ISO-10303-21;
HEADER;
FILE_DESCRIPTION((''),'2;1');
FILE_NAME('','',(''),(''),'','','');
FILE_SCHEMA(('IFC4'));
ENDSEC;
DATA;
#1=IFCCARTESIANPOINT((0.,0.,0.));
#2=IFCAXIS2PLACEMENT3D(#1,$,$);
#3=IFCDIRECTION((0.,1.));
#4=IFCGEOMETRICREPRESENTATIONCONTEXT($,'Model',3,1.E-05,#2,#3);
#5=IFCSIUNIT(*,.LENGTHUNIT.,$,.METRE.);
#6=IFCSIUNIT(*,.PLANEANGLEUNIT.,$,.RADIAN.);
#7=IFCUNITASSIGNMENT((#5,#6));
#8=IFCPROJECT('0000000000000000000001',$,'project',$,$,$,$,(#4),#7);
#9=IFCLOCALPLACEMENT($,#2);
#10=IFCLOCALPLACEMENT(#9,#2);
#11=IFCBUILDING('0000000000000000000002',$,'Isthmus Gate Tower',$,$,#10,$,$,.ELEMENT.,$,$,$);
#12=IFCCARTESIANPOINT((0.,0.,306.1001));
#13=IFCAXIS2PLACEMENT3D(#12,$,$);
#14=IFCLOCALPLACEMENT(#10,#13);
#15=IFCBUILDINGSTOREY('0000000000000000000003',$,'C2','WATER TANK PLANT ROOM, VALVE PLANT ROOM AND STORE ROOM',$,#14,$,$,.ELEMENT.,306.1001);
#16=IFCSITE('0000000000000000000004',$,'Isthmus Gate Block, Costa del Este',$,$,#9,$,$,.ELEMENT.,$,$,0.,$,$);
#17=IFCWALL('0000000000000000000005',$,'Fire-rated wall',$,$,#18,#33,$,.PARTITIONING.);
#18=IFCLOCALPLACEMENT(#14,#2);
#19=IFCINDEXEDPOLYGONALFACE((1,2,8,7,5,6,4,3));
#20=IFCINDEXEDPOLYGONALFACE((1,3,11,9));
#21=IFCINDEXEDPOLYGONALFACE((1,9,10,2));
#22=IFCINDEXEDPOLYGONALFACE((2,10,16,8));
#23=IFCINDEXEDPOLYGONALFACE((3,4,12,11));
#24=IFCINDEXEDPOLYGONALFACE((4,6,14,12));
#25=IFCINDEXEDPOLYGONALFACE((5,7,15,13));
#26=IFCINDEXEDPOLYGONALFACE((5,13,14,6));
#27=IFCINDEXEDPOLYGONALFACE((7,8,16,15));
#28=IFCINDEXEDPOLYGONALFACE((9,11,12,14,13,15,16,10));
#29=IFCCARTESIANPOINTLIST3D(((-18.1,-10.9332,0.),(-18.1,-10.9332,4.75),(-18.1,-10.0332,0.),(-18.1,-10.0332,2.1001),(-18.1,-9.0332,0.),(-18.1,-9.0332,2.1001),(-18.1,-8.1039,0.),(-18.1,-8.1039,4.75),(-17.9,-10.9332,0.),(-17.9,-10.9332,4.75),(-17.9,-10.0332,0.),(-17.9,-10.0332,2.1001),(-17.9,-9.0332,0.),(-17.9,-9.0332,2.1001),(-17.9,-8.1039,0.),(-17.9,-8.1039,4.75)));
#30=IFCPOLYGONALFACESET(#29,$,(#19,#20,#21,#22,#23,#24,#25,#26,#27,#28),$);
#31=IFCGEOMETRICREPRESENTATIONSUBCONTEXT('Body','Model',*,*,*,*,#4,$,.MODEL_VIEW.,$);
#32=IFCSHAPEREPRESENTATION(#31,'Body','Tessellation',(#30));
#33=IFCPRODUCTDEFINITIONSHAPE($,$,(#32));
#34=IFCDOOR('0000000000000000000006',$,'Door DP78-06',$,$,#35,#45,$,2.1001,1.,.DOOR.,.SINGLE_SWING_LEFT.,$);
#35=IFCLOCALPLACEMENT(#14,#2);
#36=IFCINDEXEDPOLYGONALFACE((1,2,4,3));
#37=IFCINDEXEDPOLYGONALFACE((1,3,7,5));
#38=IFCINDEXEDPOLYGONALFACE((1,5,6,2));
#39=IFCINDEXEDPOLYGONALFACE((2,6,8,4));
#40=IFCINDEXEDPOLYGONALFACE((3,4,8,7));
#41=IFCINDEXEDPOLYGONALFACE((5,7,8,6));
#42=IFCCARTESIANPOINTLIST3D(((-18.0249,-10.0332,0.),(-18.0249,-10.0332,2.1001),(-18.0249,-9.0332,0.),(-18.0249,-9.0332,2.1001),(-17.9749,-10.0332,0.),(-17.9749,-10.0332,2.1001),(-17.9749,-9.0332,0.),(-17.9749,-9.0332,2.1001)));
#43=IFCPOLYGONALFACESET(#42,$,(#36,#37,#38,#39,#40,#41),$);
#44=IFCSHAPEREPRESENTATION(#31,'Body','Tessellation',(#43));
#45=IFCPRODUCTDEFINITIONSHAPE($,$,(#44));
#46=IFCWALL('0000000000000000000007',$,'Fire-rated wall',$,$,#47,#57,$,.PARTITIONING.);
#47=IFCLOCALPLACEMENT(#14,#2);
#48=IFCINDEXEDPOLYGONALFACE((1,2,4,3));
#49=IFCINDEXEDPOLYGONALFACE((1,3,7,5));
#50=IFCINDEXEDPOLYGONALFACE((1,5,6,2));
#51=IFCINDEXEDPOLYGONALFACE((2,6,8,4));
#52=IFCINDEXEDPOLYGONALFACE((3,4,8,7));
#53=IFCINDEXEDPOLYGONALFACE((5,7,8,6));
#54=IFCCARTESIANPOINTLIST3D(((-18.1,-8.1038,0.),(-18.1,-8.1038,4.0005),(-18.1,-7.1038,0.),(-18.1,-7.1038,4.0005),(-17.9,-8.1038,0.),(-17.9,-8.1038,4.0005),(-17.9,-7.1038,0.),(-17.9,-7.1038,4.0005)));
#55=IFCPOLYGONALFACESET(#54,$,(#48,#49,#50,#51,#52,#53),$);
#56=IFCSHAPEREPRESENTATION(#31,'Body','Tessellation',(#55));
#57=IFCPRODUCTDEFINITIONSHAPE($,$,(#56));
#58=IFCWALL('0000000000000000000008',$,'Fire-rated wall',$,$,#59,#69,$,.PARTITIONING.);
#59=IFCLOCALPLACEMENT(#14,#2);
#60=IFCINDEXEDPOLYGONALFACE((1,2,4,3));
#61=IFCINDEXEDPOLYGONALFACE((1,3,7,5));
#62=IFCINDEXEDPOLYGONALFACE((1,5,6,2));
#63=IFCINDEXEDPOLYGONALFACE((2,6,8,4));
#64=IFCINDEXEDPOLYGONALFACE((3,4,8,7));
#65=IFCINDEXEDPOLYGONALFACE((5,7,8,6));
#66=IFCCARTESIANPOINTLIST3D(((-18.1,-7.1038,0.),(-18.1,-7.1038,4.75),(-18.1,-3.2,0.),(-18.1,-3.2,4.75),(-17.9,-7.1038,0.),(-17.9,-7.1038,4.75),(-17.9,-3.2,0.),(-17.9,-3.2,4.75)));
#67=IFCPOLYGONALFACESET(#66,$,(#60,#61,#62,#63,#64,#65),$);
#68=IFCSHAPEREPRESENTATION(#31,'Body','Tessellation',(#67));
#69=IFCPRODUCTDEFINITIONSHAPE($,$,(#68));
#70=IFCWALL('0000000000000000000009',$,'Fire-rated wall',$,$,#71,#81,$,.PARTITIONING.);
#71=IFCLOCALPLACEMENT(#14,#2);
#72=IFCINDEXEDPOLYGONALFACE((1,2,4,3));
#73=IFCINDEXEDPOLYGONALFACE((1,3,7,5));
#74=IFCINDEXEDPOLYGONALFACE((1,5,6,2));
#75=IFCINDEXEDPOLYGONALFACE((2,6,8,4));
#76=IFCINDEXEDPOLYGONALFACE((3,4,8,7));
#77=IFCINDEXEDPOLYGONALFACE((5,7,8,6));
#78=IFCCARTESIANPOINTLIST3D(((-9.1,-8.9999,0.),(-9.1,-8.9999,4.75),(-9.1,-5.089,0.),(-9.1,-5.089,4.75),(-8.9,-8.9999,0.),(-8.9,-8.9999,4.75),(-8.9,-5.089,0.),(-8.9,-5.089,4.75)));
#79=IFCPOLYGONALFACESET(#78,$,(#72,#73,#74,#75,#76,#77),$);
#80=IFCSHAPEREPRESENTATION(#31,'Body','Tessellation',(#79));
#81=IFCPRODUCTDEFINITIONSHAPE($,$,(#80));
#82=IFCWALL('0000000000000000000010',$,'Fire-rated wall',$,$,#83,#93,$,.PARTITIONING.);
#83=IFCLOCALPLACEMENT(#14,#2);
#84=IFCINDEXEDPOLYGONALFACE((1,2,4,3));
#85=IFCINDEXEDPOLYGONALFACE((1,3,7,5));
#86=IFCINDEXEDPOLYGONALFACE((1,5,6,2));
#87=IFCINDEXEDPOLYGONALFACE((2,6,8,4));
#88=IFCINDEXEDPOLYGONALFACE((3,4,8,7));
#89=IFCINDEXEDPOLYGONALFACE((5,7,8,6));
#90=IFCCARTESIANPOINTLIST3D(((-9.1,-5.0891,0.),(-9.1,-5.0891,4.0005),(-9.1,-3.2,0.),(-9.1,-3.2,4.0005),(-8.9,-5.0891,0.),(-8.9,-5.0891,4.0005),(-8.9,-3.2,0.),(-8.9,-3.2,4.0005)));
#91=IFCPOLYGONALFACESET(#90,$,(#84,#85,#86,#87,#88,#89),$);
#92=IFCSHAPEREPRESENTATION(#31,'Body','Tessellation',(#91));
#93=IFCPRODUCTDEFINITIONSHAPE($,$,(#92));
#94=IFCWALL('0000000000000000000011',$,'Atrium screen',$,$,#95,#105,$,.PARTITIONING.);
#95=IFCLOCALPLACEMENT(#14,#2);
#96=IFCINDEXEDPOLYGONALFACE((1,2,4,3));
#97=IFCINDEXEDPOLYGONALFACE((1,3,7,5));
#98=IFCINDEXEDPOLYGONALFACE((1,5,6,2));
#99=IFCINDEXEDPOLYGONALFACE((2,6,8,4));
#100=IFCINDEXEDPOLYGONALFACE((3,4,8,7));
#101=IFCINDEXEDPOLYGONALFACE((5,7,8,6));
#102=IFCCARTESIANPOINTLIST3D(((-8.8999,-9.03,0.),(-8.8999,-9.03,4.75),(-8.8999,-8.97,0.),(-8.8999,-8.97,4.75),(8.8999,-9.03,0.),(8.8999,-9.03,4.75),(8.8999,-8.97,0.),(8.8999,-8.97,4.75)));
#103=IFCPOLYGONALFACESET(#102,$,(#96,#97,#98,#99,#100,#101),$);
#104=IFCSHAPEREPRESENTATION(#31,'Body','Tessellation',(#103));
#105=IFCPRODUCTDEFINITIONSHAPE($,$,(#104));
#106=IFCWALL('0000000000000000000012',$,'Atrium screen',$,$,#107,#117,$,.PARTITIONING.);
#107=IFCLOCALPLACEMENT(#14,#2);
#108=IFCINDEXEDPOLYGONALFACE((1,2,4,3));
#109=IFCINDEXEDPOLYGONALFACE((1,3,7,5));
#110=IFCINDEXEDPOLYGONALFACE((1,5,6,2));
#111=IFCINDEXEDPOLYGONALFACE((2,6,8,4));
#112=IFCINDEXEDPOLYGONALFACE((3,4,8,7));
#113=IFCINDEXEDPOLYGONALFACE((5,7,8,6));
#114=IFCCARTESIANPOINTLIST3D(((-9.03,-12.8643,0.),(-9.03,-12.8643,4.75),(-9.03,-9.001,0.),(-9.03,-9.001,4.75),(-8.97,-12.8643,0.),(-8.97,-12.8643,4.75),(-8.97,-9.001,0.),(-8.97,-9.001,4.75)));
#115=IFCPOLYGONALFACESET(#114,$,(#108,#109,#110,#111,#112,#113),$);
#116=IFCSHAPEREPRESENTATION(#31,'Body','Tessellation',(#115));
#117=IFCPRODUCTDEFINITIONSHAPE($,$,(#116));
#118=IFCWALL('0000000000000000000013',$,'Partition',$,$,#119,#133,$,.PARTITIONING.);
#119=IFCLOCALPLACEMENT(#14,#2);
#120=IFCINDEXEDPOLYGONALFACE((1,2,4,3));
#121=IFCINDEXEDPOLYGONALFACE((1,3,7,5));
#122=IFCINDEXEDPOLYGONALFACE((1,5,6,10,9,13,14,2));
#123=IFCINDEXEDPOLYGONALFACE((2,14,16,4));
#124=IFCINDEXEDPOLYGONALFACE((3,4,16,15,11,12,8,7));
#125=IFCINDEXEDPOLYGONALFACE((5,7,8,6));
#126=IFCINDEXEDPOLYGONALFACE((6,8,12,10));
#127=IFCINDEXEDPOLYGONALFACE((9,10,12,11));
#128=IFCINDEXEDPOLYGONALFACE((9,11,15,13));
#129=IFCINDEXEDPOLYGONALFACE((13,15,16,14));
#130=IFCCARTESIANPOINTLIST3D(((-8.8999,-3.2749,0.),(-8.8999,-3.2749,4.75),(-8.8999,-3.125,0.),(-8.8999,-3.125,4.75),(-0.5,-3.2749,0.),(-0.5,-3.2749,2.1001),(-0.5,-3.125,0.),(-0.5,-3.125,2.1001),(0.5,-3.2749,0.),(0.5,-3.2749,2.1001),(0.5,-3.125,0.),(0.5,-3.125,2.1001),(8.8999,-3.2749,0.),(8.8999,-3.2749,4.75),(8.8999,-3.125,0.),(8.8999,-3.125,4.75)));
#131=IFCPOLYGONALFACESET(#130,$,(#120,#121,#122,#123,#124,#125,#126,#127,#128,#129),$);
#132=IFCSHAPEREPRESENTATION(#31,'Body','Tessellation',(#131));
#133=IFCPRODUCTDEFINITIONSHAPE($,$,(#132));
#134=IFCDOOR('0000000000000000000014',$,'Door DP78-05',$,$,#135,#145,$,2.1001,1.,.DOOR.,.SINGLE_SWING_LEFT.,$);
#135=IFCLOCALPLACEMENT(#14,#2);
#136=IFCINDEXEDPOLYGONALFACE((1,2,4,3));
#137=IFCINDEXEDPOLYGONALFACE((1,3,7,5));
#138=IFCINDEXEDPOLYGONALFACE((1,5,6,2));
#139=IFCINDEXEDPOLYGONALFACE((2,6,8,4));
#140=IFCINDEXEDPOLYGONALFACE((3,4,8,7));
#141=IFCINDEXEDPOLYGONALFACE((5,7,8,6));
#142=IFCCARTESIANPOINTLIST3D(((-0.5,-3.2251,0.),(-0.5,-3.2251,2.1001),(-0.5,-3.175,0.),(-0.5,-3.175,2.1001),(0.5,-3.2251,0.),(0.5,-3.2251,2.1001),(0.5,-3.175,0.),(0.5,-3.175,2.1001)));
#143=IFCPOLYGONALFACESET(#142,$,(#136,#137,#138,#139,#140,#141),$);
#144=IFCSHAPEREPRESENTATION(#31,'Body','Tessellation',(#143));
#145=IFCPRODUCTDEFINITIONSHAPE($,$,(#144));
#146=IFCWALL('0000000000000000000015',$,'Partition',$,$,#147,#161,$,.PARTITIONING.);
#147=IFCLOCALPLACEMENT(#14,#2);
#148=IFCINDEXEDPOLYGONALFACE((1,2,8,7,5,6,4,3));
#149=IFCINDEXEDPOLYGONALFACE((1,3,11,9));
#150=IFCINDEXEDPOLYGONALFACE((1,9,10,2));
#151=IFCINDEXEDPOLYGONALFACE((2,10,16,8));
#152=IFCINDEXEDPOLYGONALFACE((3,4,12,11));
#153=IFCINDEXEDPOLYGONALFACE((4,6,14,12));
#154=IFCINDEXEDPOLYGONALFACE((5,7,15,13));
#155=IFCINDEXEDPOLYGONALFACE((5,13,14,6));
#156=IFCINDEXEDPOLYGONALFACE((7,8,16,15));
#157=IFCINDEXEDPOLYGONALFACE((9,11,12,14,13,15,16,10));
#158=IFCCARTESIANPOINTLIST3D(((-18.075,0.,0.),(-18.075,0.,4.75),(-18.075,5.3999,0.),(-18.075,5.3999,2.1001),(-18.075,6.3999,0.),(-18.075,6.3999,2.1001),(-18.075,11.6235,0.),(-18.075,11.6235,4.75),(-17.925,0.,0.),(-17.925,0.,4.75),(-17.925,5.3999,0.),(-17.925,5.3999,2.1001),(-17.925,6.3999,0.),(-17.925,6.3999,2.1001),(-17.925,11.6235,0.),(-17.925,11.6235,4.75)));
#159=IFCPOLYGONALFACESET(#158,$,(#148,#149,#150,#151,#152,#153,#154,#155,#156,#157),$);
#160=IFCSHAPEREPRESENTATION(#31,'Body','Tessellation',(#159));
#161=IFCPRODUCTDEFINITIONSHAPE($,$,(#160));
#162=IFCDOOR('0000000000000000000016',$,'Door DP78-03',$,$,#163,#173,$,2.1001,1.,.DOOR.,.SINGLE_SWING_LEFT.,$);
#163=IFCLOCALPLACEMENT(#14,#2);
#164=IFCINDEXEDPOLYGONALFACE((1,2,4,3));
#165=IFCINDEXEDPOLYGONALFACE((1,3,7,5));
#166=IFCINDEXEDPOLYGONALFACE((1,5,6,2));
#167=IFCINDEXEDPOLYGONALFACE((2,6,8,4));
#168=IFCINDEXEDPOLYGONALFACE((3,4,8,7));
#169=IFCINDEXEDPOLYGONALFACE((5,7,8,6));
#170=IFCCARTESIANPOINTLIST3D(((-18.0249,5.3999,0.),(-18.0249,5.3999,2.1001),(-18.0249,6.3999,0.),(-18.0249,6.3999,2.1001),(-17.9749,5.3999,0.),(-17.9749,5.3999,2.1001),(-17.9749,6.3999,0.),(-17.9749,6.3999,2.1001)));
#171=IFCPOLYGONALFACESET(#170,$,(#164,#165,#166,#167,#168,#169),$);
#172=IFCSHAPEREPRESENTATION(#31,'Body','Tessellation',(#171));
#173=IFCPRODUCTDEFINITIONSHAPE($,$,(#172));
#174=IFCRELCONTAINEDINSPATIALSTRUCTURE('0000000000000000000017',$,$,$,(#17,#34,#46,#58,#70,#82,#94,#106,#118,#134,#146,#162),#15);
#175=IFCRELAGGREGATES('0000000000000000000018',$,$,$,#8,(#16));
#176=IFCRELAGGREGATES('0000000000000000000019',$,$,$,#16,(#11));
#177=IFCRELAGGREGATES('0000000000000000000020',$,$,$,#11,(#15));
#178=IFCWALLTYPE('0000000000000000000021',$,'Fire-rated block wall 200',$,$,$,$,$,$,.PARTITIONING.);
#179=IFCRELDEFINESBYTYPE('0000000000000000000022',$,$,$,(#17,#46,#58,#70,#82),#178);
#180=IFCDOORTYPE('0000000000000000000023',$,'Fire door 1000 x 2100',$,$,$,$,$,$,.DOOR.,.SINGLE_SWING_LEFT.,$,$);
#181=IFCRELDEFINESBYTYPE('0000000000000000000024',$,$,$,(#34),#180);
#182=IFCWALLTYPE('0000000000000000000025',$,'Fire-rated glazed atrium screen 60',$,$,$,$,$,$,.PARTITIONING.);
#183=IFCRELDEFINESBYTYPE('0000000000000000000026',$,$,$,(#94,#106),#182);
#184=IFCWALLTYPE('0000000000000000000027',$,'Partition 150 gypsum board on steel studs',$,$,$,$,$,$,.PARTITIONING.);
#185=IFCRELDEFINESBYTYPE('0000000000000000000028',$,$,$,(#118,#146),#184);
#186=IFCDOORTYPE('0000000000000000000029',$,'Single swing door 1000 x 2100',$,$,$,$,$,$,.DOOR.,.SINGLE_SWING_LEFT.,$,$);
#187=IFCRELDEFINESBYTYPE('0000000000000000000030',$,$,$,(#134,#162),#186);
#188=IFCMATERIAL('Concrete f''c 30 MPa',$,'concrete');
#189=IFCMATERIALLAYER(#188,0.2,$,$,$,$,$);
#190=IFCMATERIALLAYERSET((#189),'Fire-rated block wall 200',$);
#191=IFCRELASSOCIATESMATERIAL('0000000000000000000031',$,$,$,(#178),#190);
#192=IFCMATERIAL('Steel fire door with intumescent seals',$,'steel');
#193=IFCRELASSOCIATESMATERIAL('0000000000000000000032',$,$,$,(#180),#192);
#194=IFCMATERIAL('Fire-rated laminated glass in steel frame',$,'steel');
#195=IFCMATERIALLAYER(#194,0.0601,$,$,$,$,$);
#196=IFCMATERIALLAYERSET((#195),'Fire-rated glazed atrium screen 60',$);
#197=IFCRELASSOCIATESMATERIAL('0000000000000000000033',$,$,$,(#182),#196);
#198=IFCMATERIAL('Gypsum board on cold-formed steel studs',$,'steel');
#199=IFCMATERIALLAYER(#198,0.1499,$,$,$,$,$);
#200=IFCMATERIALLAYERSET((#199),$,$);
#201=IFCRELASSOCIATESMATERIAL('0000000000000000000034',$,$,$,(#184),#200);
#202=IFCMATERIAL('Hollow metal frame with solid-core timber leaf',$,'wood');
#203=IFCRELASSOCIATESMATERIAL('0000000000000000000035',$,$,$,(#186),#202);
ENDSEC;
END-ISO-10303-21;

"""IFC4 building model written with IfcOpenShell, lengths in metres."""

from ifc_helpers import new_model, si_unit, direction, frame, frame_2d, origin, place, context, subcontext, project, spatial, rectangle, extrude, material, layer, layer_set, type_object, element, fill, save


model = new_model("IFC4")

# Units and contexts
model_context = context("Model", 3, precision=1e-05, world=origin(), true_north=direction((0.0, 1.0)))
body_context = subcontext(model_context, "Body", "Model", "MODEL_VIEW")
ifc_project = project(units=[si_unit("LENGTHUNIT", "METRE"), si_unit("PLANEANGLEUNIT", "RADIAN")], contexts=[model_context])

# Site, building, storey
site_placement = place(None, origin())
site = spatial("IfcSite", under=ifc_project, at=site_placement, Name="Isthmus Gate Block, Costa del Este", CompositionType="ELEMENT", RefElevation=0.0)
building_placement = place(site_placement, origin())
building = spatial("IfcBuilding", under=site, at=building_placement, Name="Isthmus Gate Tower", CompositionType="ELEMENT")
storey_placement = place(building_placement, frame((0.0, 0.0, 306.1001)))
storey = spatial("IfcBuildingStorey", under=building, at=storey_placement, Name="C2", Description="WATER TANK PLANT ROOM, VALVE PLANT ROOM AND STORE ROOM", CompositionType="ELEMENT", Elevation=306.1001)

# Shared definitions
ifc_material_1 = material(Name="Concrete f'c 30 MPa", Category="concrete")
ifc_layer_1 = layer(ifc_material_1, 0.2)
ifc_layer_set_1 = layer_set([ifc_layer_1], Name="Fire-rated block wall 200")
wall_type_1 = type_object("IfcWallType", Name="Fire-rated block wall 200", PredefinedType="PARTITIONING", material=ifc_layer_set_1)

# Wall, opening, door
wall_1_placement = place(storey_placement, frame((-18.0, -10.9331, 0.0), z_axis=(0.0, 0.0, 1.0), x_axis=(0.0, 1.0, 0.0)))
wall_1 = element("IfcWall", 1, at=wall_1_placement, inside=storey, type_object=wall_type_1, Name="Fire-rated wall", PredefinedType="PARTITIONING", context=body_context, shape_type="SweptSolid", body=[
    extrude(rectangle(XDim=2.8293, YDim=0.2, at=frame_2d((1.4146, 0.0))), origin(), (0.0, 0.0, 1.0), 4.75),
])
opening_1_placement = place(wall_1_placement, frame((0.8999, 0.0, 0.0)))
opening_1 = element("IfcOpeningElement", 2, at=opening_1_placement, cuts=wall_1, PredefinedType="OPENING", context=body_context, shape_type="SweptSolid", body=[
    extrude(rectangle(XDim=1.0, YDim=2.1001, at=frame_2d((0.5, 1.05))), frame((0.0, 0.1099, 0.0), z_axis=(0.0, -1.0, 0.0), x_axis=(1.0, 0.0, 0.0)), (0.0, 0.0, 1.0), 0.22),
])
ifc_material_2 = material(Name="Steel fire door with intumescent seals", Category="steel")
door_type_1 = type_object("IfcDoorType", Name="Fire door 1000 x 2100", OperationType="SINGLE_SWING_LEFT", PredefinedType="DOOR", material=ifc_material_2)
door_1_placement = place(opening_1_placement, origin())
door_1 = element("IfcDoor", 3, at=door_1_placement, inside=storey, type_object=door_type_1, Name="Door DP78-06", OperationType="SINGLE_SWING_LEFT", OverallHeight=2.1001, OverallWidth=1.0, PredefinedType="DOOR", context=body_context, shape_type="SweptSolid", body=[
    extrude(rectangle(XDim=1.0, YDim=2.1001, at=frame_2d((0.5, 1.05))), frame((0.0, 0.0249, 0.0), z_axis=(0.0, -1.0, 0.0), x_axis=(1.0, 0.0, 0.0)), (0.0, 0.0, 1.0), 0.05),
])
fill(opening_1, door_1)

# Walls
wall_2_placement = place(storey_placement, frame((-18.0, -8.1038, 0.0), z_axis=(0.0, 0.0, 1.0), x_axis=(0.0, 1.0, 0.0)))
element("IfcWall", 4, at=wall_2_placement, inside=storey, type_object=wall_type_1, Name="Fire-rated wall", PredefinedType="PARTITIONING", context=body_context, shape_type="SweptSolid", body=[
    extrude(rectangle(XDim=1.0, YDim=0.2, at=frame_2d((0.5, 0.0))), origin(), (0.0, 0.0, 1.0), 4.0005),
])
wall_3_placement = place(storey_placement, frame((-18.0, -7.1038, 0.0), z_axis=(0.0, 0.0, 1.0), x_axis=(0.0, 1.0, 0.0)))
element("IfcWall", 5, at=wall_3_placement, inside=storey, type_object=wall_type_1, Name="Fire-rated wall", PredefinedType="PARTITIONING", context=body_context, shape_type="SweptSolid", body=[
    extrude(rectangle(XDim=3.9038, YDim=0.2, at=frame_2d((1.9519, 0.0))), origin(), (0.0, 0.0, 1.0), 4.75),
])
wall_4_placement = place(storey_placement, frame((-9.0, -9.0, 0.0), z_axis=(0.0, 0.0, 1.0), x_axis=(0.0, 1.0, 0.0)))
element("IfcWall", 6, at=wall_4_placement, inside=storey, type_object=wall_type_1, Name="Fire-rated wall", PredefinedType="PARTITIONING", context=body_context, shape_type="SweptSolid", body=[
    extrude(rectangle(XDim=3.9109, YDim=0.2, at=frame_2d((1.9556, 0.0))), origin(), (0.0, 0.0, 1.0), 4.75),
])
wall_5_placement = place(storey_placement, frame((-9.0, -5.0891, 0.0), z_axis=(0.0, 0.0, 1.0), x_axis=(0.0, 1.0, 0.0)))
element("IfcWall", 7, at=wall_5_placement, inside=storey, type_object=wall_type_1, Name="Fire-rated wall", PredefinedType="PARTITIONING", context=body_context, shape_type="SweptSolid", body=[
    extrude(rectangle(XDim=1.8892, YDim=0.2, at=frame_2d((0.9446, 0.0))), origin(), (0.0, 0.0, 1.0), 4.0005),
])
ifc_material_3 = material(Name="Fire-rated laminated glass in steel frame", Category="steel")
ifc_layer_2 = layer(ifc_material_3, 0.0601)
ifc_layer_set_2 = layer_set([ifc_layer_2], Name="Fire-rated glazed atrium screen 60")
wall_type_2 = type_object("IfcWallType", Name="Fire-rated glazed atrium screen 60", PredefinedType="PARTITIONING", material=ifc_layer_set_2)
wall_6_placement = place(storey_placement, frame((-8.8999, -9.0, 0.0), z_axis=(0.0, 0.0, 1.0), x_axis=(1.0, 0.0, 0.0)))
element("IfcWall", 8, at=wall_6_placement, inside=storey, type_object=wall_type_2, Name="Atrium screen", PredefinedType="PARTITIONING", context=body_context, shape_type="SweptSolid", body=[
    extrude(rectangle(XDim=17.7998, YDim=0.0601, at=frame_2d((8.8999, 0.0))), origin(), (0.0, 0.0, 1.0), 4.75),
])
wall_7_placement = place(storey_placement, frame((-9.0, -12.8643, 0.0), z_axis=(0.0, 0.0, 1.0), x_axis=(0.0, 1.0, 0.0)))
element("IfcWall", 9, at=wall_7_placement, inside=storey, type_object=wall_type_2, Name="Atrium screen", PredefinedType="PARTITIONING", context=body_context, shape_type="SweptSolid", body=[
    extrude(rectangle(XDim=3.8633, YDim=0.0601, at=frame_2d((1.9316, 0.0))), origin(), (0.0, 0.0, 1.0), 4.75),
])

# Walls, openings, doors
ifc_material_4 = material(Name="Gypsum board on cold-formed steel studs", Category="steel")
ifc_layer_3 = layer(ifc_material_4, 0.1499)
ifc_layer_set_3 = layer_set([ifc_layer_3])
wall_type_3 = type_object("IfcWallType", Name="Partition 150 gypsum board on steel studs", PredefinedType="PARTITIONING", material=ifc_layer_set_3)
wall_8_placement = place(storey_placement, frame((-8.8999, -3.2, 0.0), z_axis=(0.0, 0.0, 1.0), x_axis=(1.0, 0.0, 0.0)))
wall_8 = element("IfcWall", 10, at=wall_8_placement, inside=storey, type_object=wall_type_3, Name="Partition", PredefinedType="PARTITIONING", context=body_context, shape_type="SweptSolid", body=[
    extrude(rectangle(XDim=17.7998, YDim=0.1499, at=frame_2d((8.8999, 0.0))), origin(), (0.0, 0.0, 1.0), 4.75),
])
opening_2_placement = place(wall_8_placement, frame((8.3999, 0.0, 0.0)))
opening_2 = element("IfcOpeningElement", 11, at=opening_2_placement, cuts=wall_8, PredefinedType="OPENING", context=body_context, shape_type="SweptSolid", body=[
    extrude(rectangle(XDim=1.0, YDim=2.1001, at=frame_2d((0.5, 1.05))), frame((0.0, 0.085, 0.0), z_axis=(0.0, -1.0, 0.0), x_axis=(1.0, 0.0, 0.0)), (0.0, 0.0, 1.0), 0.1699),
])
ifc_material_5 = material(Name="Hollow metal frame with solid-core timber leaf", Category="wood")
door_type_2 = type_object("IfcDoorType", Name="Single swing door 1000 x 2100", OperationType="SINGLE_SWING_LEFT", PredefinedType="DOOR", material=ifc_material_5)
door_2_placement = place(opening_2_placement, origin())
door_2 = element("IfcDoor", 12, at=door_2_placement, inside=storey, type_object=door_type_2, Name="Door DP78-05", OperationType="SINGLE_SWING_LEFT", OverallHeight=2.1001, OverallWidth=1.0, PredefinedType="DOOR", context=body_context, shape_type="SweptSolid", body=[
    extrude(rectangle(XDim=1.0, YDim=2.1001, at=frame_2d((0.5, 1.05))), frame((0.0, 0.0249, 0.0), z_axis=(0.0, -1.0, 0.0), x_axis=(1.0, 0.0, 0.0)), (0.0, 0.0, 1.0), 0.05),
])
fill(opening_2, door_2)
wall_9_placement = place(storey_placement, frame((-18.0, 0.0, 0.0), z_axis=(0.0, 0.0, 1.0), x_axis=(0.0, 1.0, 0.0)))
wall_9 = element("IfcWall", 13, at=wall_9_placement, inside=storey, type_object=wall_type_3, Name="Partition", PredefinedType="PARTITIONING", context=body_context, shape_type="SweptSolid", body=[
    extrude(rectangle(XDim=11.6235, YDim=0.1499, at=frame_2d((5.8118, 0.0))), origin(), (0.0, 0.0, 1.0), 4.75),
])
opening_3_placement = place(wall_9_placement, frame((5.3999, 0.0, 0.0)))
opening_3 = element("IfcOpeningElement", 14, at=opening_3_placement, cuts=wall_9, PredefinedType="OPENING", context=body_context, shape_type="SweptSolid", body=[
    extrude(rectangle(XDim=1.0, YDim=2.1001, at=frame_2d((0.5, 1.05))), frame((0.0, 0.085, 0.0), z_axis=(0.0, -1.0, 0.0), x_axis=(1.0, 0.0, 0.0)), (0.0, 0.0, 1.0), 0.1699),
])
door_3_placement = place(opening_3_placement, origin())
door_3 = element("IfcDoor", 15, at=door_3_placement, inside=storey, type_object=door_type_2, Name="Door DP78-03", OperationType="SINGLE_SWING_LEFT", OverallHeight=2.1001, OverallWidth=1.0, PredefinedType="DOOR", context=body_context, shape_type="SweptSolid", body=[
    extrude(rectangle(XDim=1.0, YDim=2.1001, at=frame_2d((0.5, 1.05))), frame((0.0, 0.0249, 0.0), z_axis=(0.0, -1.0, 0.0), x_axis=(1.0, 0.0, 0.0)), (0.0, 0.0, 1.0), 0.05),
])
fill(opening_3, door_3)

save(model, "model.ifc")
